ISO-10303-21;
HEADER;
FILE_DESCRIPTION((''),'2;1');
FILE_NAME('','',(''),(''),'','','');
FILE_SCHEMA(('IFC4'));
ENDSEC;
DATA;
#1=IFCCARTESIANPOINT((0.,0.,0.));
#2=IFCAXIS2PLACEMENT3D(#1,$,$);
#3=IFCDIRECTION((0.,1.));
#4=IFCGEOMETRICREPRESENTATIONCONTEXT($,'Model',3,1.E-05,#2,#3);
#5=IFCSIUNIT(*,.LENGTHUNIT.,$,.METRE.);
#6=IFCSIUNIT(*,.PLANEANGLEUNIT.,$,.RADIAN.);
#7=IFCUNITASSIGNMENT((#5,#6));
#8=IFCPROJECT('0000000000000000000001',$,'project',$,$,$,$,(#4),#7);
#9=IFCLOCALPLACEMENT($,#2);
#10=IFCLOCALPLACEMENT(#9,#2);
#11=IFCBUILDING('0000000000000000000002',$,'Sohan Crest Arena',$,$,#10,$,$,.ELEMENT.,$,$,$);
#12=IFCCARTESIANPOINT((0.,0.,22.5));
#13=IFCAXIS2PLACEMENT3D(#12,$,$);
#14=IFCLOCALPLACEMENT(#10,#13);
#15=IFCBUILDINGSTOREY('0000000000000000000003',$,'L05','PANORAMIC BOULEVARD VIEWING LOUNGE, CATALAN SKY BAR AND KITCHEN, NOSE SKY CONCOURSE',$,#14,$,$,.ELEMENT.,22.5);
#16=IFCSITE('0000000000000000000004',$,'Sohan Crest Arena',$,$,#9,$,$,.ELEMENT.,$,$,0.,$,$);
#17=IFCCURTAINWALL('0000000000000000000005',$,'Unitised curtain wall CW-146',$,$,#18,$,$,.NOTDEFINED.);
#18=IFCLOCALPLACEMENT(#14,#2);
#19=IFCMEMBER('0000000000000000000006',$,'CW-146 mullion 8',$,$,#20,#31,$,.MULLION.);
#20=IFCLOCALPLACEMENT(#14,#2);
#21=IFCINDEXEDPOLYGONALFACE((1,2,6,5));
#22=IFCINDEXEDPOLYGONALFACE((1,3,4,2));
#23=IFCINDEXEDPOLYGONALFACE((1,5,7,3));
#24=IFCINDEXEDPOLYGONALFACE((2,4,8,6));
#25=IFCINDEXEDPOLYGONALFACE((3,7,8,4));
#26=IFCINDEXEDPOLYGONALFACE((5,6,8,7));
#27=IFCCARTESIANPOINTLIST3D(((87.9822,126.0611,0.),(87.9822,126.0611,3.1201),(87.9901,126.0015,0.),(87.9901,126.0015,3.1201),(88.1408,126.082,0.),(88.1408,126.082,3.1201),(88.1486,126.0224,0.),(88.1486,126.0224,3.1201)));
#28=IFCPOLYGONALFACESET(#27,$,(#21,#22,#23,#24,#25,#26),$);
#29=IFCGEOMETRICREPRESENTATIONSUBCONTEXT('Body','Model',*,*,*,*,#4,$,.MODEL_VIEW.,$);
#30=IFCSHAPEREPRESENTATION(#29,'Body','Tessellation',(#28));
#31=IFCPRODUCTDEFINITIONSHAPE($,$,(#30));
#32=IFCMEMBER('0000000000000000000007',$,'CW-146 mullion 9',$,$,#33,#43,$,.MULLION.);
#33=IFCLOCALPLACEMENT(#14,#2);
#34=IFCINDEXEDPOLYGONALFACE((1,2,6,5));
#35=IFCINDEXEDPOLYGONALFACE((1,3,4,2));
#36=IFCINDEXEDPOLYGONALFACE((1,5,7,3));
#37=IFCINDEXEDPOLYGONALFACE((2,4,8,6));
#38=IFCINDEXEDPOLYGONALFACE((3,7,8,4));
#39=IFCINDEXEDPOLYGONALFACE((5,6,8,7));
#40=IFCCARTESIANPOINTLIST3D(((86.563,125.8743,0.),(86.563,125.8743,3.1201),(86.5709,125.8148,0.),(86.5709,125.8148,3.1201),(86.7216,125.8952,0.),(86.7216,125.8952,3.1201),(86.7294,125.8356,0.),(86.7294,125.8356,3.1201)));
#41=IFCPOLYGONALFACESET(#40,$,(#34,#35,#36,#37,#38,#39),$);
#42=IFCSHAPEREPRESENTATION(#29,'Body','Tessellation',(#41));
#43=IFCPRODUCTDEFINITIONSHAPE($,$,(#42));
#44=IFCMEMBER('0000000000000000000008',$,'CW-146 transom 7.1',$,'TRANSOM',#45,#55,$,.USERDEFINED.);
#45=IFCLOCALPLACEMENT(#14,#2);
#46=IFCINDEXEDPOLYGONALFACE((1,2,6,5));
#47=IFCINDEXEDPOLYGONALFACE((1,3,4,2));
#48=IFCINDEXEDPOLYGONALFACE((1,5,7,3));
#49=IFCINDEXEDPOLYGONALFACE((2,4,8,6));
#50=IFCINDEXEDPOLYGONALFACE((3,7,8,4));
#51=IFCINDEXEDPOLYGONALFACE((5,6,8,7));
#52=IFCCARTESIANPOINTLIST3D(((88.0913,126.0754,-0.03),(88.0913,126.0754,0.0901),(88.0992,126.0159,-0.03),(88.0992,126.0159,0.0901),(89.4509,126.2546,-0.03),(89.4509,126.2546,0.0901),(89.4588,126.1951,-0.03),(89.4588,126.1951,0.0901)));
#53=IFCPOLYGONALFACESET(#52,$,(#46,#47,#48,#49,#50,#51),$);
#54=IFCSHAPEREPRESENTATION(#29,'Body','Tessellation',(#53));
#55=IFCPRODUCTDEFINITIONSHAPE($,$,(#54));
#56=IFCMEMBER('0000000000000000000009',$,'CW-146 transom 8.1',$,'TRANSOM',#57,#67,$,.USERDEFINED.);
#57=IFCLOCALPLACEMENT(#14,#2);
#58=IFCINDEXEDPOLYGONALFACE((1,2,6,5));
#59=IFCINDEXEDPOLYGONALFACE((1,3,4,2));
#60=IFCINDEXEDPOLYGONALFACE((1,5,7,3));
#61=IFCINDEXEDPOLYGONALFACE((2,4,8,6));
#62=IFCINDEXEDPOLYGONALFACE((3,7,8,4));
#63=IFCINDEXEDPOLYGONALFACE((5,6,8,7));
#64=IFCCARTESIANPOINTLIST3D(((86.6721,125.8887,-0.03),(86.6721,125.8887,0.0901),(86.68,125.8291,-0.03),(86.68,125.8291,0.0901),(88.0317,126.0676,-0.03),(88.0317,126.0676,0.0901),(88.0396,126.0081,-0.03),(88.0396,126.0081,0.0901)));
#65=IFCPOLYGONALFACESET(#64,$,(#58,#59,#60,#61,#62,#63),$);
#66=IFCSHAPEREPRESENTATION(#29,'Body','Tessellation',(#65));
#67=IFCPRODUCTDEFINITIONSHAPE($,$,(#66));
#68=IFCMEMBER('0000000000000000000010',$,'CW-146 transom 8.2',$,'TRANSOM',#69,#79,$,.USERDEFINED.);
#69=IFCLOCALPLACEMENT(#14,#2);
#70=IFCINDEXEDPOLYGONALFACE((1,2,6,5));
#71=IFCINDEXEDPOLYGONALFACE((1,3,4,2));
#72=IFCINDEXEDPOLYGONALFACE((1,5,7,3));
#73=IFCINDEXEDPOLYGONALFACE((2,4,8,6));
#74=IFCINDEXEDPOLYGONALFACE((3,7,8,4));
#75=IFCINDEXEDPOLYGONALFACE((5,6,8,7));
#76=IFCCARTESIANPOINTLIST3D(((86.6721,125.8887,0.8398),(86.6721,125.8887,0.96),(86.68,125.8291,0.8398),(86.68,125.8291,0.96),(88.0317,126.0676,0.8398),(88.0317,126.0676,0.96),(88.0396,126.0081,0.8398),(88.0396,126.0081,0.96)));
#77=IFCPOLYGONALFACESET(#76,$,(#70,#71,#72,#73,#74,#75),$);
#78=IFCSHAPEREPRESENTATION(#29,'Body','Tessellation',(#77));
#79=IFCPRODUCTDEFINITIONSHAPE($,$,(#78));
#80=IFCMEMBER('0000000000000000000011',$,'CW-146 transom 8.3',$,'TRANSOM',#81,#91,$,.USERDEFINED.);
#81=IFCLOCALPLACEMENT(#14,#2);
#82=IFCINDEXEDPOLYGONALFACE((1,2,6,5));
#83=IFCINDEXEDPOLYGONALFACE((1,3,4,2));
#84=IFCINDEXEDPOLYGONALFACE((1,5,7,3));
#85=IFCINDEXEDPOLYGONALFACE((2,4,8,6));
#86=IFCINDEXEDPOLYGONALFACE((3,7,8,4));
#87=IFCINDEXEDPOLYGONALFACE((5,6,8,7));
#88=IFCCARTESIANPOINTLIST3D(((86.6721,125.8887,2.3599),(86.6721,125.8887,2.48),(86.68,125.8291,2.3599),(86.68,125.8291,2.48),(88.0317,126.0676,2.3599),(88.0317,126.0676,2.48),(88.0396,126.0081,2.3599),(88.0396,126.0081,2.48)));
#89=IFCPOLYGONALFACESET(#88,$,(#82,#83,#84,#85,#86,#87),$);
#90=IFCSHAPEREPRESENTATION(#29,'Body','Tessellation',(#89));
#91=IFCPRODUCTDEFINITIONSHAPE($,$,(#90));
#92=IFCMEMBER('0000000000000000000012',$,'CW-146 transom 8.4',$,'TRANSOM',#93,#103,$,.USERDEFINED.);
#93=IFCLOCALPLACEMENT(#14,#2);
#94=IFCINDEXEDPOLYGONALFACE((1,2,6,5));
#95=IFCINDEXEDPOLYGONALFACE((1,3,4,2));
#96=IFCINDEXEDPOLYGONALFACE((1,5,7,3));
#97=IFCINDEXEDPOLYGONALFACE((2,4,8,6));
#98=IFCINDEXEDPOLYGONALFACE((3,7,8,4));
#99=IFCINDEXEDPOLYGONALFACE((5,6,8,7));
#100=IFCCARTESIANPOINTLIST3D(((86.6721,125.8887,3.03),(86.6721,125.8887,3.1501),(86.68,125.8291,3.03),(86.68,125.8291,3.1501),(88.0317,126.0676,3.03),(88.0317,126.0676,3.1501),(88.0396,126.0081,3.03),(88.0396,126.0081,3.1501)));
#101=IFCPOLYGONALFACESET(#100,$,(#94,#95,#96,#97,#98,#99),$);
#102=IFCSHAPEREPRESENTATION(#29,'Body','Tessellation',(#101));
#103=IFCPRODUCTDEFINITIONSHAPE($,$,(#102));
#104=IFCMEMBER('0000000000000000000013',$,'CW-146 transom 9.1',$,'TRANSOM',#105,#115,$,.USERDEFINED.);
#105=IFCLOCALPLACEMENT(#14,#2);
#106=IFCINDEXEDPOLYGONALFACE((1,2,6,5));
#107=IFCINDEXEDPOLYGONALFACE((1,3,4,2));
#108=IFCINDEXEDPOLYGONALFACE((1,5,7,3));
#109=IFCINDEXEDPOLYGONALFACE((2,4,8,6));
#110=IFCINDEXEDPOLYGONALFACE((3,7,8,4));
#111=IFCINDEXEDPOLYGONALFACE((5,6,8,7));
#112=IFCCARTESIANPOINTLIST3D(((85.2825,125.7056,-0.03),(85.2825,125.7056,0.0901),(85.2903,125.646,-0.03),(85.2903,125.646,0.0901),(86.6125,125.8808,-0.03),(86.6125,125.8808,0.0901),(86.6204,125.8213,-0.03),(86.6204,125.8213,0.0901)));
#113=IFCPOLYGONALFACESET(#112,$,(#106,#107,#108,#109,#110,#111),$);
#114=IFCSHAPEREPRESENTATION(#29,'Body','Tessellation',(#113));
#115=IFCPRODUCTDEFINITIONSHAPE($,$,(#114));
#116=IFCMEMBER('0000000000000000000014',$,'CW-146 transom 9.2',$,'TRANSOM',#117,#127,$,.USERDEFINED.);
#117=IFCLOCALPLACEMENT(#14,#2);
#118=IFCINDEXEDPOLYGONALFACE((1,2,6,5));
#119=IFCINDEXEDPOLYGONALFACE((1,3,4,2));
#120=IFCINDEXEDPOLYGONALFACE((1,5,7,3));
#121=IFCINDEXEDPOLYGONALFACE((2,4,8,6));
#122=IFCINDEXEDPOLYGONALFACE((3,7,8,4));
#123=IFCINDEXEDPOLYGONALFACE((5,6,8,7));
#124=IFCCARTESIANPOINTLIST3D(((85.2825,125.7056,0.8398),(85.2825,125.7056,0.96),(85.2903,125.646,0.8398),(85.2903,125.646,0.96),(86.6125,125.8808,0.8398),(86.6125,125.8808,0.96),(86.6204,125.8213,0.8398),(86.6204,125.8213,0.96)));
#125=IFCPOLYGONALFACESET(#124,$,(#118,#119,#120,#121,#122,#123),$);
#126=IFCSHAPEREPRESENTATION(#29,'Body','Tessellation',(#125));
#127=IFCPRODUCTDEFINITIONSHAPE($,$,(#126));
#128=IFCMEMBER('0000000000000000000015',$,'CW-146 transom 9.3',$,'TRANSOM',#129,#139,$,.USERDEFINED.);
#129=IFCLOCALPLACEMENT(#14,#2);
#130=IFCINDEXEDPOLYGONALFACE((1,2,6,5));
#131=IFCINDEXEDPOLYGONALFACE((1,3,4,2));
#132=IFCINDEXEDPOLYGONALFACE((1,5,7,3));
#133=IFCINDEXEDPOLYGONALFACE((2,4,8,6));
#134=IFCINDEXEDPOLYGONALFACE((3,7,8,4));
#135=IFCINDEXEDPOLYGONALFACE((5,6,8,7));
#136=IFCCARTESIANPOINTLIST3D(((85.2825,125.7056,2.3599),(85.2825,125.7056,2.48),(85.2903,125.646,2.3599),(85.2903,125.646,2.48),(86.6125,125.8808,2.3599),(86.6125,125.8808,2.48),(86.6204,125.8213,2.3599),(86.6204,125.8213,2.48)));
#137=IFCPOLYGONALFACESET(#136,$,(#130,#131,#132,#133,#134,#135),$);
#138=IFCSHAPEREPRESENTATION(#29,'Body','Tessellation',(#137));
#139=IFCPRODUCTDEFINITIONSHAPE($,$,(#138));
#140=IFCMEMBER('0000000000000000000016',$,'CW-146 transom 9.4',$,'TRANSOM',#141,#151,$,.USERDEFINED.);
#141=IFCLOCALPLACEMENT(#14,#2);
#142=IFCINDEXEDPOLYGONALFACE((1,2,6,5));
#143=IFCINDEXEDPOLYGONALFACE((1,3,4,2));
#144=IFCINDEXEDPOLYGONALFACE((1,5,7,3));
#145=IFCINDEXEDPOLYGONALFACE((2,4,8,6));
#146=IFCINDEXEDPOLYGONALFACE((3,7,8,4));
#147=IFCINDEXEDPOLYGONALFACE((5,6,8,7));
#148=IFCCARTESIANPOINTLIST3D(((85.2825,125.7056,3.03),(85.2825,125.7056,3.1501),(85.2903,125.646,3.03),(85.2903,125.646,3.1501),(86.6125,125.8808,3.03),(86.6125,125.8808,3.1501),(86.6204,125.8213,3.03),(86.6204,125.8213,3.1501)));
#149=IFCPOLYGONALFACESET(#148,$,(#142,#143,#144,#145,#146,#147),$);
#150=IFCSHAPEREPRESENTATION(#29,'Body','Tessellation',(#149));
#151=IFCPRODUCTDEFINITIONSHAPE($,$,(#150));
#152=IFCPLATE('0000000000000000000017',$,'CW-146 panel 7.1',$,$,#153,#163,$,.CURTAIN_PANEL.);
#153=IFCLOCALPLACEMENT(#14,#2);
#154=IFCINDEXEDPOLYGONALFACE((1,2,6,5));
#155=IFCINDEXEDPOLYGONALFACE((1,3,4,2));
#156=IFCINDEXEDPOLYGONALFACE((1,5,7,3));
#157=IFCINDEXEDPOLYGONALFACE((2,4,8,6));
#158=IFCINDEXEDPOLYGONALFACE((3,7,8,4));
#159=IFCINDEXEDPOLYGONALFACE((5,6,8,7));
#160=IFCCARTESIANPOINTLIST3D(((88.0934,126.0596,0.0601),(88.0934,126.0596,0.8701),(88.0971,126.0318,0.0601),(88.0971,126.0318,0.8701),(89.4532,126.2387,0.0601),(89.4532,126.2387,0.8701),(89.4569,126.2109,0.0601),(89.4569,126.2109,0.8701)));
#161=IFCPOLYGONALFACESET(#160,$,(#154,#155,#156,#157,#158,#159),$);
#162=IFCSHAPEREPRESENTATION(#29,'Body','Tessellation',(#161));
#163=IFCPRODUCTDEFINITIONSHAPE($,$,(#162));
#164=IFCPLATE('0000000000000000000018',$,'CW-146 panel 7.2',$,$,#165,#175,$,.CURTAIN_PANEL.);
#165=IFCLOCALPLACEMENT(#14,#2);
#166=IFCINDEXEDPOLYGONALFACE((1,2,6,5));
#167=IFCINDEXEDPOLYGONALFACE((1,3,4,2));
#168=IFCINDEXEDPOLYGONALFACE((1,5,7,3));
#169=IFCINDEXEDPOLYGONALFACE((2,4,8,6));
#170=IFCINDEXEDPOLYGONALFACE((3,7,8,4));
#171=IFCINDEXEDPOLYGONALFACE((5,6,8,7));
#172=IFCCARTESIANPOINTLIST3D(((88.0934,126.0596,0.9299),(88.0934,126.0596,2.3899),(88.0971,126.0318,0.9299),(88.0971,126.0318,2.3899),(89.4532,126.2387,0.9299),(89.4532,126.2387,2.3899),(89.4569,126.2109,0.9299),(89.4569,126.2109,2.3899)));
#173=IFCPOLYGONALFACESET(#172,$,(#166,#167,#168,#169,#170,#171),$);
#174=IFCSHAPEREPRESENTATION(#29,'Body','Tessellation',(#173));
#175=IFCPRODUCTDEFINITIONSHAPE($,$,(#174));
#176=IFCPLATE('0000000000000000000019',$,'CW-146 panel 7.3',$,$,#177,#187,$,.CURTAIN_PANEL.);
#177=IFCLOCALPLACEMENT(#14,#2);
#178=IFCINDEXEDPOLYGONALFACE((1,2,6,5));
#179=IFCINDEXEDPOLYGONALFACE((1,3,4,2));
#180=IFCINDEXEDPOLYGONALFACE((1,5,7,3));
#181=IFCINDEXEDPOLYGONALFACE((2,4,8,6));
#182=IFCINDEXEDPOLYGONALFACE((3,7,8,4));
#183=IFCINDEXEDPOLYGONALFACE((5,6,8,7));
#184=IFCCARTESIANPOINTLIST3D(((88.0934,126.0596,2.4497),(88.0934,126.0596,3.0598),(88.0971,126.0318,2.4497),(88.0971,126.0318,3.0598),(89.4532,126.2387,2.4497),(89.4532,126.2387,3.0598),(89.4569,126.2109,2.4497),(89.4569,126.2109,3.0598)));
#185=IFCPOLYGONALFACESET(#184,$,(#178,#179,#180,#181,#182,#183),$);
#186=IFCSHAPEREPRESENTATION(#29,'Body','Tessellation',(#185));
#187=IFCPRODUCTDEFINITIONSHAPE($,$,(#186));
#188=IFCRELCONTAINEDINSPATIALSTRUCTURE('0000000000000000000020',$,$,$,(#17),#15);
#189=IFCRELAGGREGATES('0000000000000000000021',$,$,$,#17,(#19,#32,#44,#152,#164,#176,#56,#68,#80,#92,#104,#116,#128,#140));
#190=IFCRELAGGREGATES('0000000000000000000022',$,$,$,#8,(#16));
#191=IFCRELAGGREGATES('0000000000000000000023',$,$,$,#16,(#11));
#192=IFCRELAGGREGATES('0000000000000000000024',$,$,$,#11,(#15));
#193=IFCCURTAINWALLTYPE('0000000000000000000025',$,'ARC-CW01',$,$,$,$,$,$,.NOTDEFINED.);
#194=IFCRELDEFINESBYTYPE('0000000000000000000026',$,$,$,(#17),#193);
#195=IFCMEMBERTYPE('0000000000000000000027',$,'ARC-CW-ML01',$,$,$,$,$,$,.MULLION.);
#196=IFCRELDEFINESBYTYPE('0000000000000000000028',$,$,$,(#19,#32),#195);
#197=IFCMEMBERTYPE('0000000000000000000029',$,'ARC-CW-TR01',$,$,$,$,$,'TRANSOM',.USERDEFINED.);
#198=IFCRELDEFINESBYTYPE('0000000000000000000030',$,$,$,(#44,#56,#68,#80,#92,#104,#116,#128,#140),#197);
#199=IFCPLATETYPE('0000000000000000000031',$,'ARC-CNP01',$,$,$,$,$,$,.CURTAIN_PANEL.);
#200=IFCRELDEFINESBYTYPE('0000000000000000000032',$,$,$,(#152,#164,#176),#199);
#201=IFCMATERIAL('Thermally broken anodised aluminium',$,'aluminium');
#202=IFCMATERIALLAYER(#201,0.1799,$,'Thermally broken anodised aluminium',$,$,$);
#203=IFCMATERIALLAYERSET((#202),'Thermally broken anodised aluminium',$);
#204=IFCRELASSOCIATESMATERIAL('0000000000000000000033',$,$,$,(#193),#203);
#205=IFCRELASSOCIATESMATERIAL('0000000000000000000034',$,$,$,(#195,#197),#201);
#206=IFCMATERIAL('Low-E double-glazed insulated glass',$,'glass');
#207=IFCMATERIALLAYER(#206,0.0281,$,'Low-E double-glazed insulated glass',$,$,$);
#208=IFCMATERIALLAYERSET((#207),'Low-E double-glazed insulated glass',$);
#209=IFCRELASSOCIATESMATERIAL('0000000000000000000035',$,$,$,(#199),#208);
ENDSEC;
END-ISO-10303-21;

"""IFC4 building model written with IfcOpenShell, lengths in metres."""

from ifc_helpers import new_model, si_unit, direction, frame, origin, origin_2d, place, context, subcontext, project, spatial, rectangle, extrude, material, layer, layer_set, material_profile, profile_set, type_object, element, aggregate, save


model = new_model("IFC4")

# Units and contexts
model_context = context("Model", 3, precision=1e-05, world=origin(), true_north=direction((0.0, 1.0)))
body_context = subcontext(model_context, "Body", "Model", "MODEL_VIEW")
ifc_project = project(units=[si_unit("LENGTHUNIT", "METRE"), si_unit("PLANEANGLEUNIT", "RADIAN")], contexts=[model_context])

# Site, building, storey
site_placement = place(None, origin())
site = spatial("IfcSite", under=ifc_project, at=site_placement, Name="Sohan Crest Arena", CompositionType="ELEMENT", RefElevation=0.0)
building_placement = place(site_placement, origin())
building = spatial("IfcBuilding", under=site, at=building_placement, Name="Sohan Crest Arena", CompositionType="ELEMENT")
storey_placement = place(building_placement, frame((0.0, 0.0, 22.5)))
storey = spatial("IfcBuildingStorey", under=building, at=storey_placement, Name="L05", Description="PANORAMIC BOULEVARD VIEWING LOUNGE, CATALAN SKY BAR AND KITCHEN, NOSE SKY CONCOURSE", CompositionType="ELEMENT", Elevation=22.5)

# Curtain wall, members, plates
ifc_material_1 = material(Name="Thermally broken anodised aluminium", Category="aluminium")
ifc_layer_1 = layer(ifc_material_1, 0.1799, Name="Thermally broken anodised aluminium")
ifc_layer_set_1 = layer_set([ifc_layer_1], Name="Thermally broken anodised aluminium")
curtain_wall_type = type_object("IfcCurtainWallType", Name="ARC-CW01", PredefinedType="NOTDEFINED", material=ifc_layer_set_1)
curtain_wall_placement = place(storey_placement, origin())
curtain_wall = element("IfcCurtainWall", 1, at=curtain_wall_placement, inside=storey, type_object=curtain_wall_type, Name="Unitised curtain wall CW-146", PredefinedType="NOTDEFINED")
ifc_material_profile_1 = material_profile(ifc_material_1, rectangle(XDim=0.0601, YDim=0.1599, at=origin_2d()), Name="ALU-MULL 60x160")
ifc_profile_set_1 = profile_set([ifc_material_profile_1], Name="Thermally broken anodised aluminium")
member_type_1 = type_object("IfcMemberType", Name="ARC-CW-ML01", PredefinedType="MULLION", material=ifc_profile_set_1)
member_1_placement = place(storey_placement, frame((88.0654, 126.0417, 0.0), z_axis=(0.0, 0.0, 1.0), x_axis=(0.130557, -0.991441, 0.0)))
member_1 = element("IfcMember", 2, at=member_1_placement, type_object=member_type_1, Name="CW-146 mullion 8", PredefinedType="MULLION", context=body_context, shape_type="SweptSolid", body=[
    extrude(rectangle(XDim=0.0601, YDim=0.1599, at=origin_2d()), origin(), (0.0, 0.0, 1.0), 3.1201),
])
member_2_placement = place(storey_placement, frame((86.6462, 125.855, 0.0), z_axis=(0.0, 0.0, 1.0), x_axis=(0.130557, -0.991441, 0.0)))
member_2 = element("IfcMember", 3, at=member_2_placement, type_object=member_type_1, Name="CW-146 mullion 9", PredefinedType="MULLION", context=body_context, shape_type="SweptSolid", body=[
    extrude(rectangle(XDim=0.0601, YDim=0.1599, at=origin_2d()), origin(), (0.0, 0.0, 1.0), 3.1201),
])
ifc_material_profile_2 = material_profile(ifc_material_1, rectangle(XDim=0.0601, YDim=0.1201, at=origin_2d()), Name="ALU-TRAN 60x120")
ifc_profile_set_2 = profile_set([ifc_material_profile_2], Name="Thermally broken anodised aluminium")
member_type_2 = type_object("IfcMemberType", Name="ARC-CW-TR01", ElementType="TRANSOM", PredefinedType="USERDEFINED", material=ifc_profile_set_2)
member_3_placement = place(storey_placement, frame((89.4548, 126.2249, 0.03), z_axis=(-0.991426, -0.130671, 0.0), x_axis=(0.130671, -0.991426, 0.0)))
member_3 = element("IfcMember", 4, at=member_3_placement, type_object=member_type_2, Name="CW-146 transom 7.1", ObjectType="TRANSOM", PredefinedType="USERDEFINED", context=body_context, shape_type="SweptSolid", body=[
    extrude(rectangle(XDim=0.0601, YDim=0.1201, at=origin_2d()), origin(), (0.0, 0.0, 1.0), 1.3713),
])
member_4_placement = place(storey_placement, frame((88.0356, 126.0378, 0.03), z_axis=(-0.991449, -0.130496, 0.0), x_axis=(0.130496, -0.991449, 0.0)))
member_4 = element("IfcMember", 5, at=member_4_placement, type_object=member_type_2, Name="CW-146 transom 8.1", ObjectType="TRANSOM", PredefinedType="USERDEFINED", context=body_context, shape_type="SweptSolid", body=[
    extrude(rectangle(XDim=0.0601, YDim=0.1201, at=origin_2d()), origin(), (0.0, 0.0, 1.0), 1.3713),
])
member_5_placement = place(storey_placement, frame((88.0356, 126.0378, 0.8999), z_axis=(-0.991449, -0.130496, 0.0), x_axis=(0.130496, -0.991449, 0.0)))
member_5 = element("IfcMember", 6, at=member_5_placement, type_object=member_type_2, Name="CW-146 transom 8.2", ObjectType="TRANSOM", PredefinedType="USERDEFINED", context=body_context, shape_type="SweptSolid", body=[
    extrude(rectangle(XDim=0.0601, YDim=0.1201, at=origin_2d()), origin(), (0.0, 0.0, 1.0), 1.3713),
])
member_6_placement = place(storey_placement, frame((88.0356, 126.0378, 2.4199), z_axis=(-0.991449, -0.130496, 0.0), x_axis=(0.130496, -0.991449, 0.0)))
member_6 = element("IfcMember", 7, at=member_6_placement, type_object=member_type_2, Name="CW-146 transom 8.3", ObjectType="TRANSOM", PredefinedType="USERDEFINED", context=body_context, shape_type="SweptSolid", body=[
    extrude(rectangle(XDim=0.0601, YDim=0.1201, at=origin_2d()), origin(), (0.0, 0.0, 1.0), 1.3713),
])
member_7_placement = place(storey_placement, frame((88.0356, 126.0378, 3.0901), z_axis=(-0.991449, -0.130496, 0.0), x_axis=(0.130496, -0.991449, 0.0)))
member_7 = element("IfcMember", 8, at=member_7_placement, type_object=member_type_2, Name="CW-146 transom 8.4", ObjectType="TRANSOM", PredefinedType="USERDEFINED", context=body_context, shape_type="SweptSolid", body=[
    extrude(rectangle(XDim=0.0601, YDim=0.1201, at=origin_2d()), origin(), (0.0, 0.0, 1.0), 1.3713),
])
member_8_placement = place(storey_placement, frame((86.6165, 125.8511, 0.03), z_axis=(-0.991427, -0.130662, 0.0), x_axis=(0.130662, -0.991427, 0.0)))
member_8 = element("IfcMember", 9, at=member_8_placement, type_object=member_type_2, Name="CW-146 transom 9.1", ObjectType="TRANSOM", PredefinedType="USERDEFINED", context=body_context, shape_type="SweptSolid", body=[
    extrude(rectangle(XDim=0.0601, YDim=0.1201, at=origin_2d()), origin(), (0.0, 0.0, 1.0), 1.3416),
])
member_9_placement = place(storey_placement, frame((86.6165, 125.8511, 0.8999), z_axis=(-0.991427, -0.130662, 0.0), x_axis=(0.130662, -0.991427, 0.0)))
member_9 = element("IfcMember", 10, at=member_9_placement, type_object=member_type_2, Name="CW-146 transom 9.2", ObjectType="TRANSOM", PredefinedType="USERDEFINED", context=body_context, shape_type="SweptSolid", body=[
    extrude(rectangle(XDim=0.0601, YDim=0.1201, at=origin_2d()), origin(), (0.0, 0.0, 1.0), 1.3416),
])
member_10_placement = place(storey_placement, frame((86.6165, 125.8511, 2.4199), z_axis=(-0.991427, -0.130662, 0.0), x_axis=(0.130662, -0.991427, 0.0)))
member_10 = element("IfcMember", 11, at=member_10_placement, type_object=member_type_2, Name="CW-146 transom 9.3", ObjectType="TRANSOM", PredefinedType="USERDEFINED", context=body_context, shape_type="SweptSolid", body=[
    extrude(rectangle(XDim=0.0601, YDim=0.1201, at=origin_2d()), origin(), (0.0, 0.0, 1.0), 1.3416),
])
member_11_placement = place(storey_placement, frame((86.6165, 125.8511, 3.0901), z_axis=(-0.991427, -0.130662, 0.0), x_axis=(0.130662, -0.991427, 0.0)))
member_11 = element("IfcMember", 12, at=member_11_placement, type_object=member_type_2, Name="CW-146 transom 9.4", ObjectType="TRANSOM", PredefinedType="USERDEFINED", context=body_context, shape_type="SweptSolid", body=[
    extrude(rectangle(XDim=0.0601, YDim=0.1201, at=origin_2d()), origin(), (0.0, 0.0, 1.0), 1.3416),
])
ifc_material_2 = material(Name="Low-E double-glazed insulated glass", Category="glass")
ifc_layer_2 = layer(ifc_material_2, 0.0281, Name="Low-E double-glazed insulated glass")
ifc_layer_set_2 = layer_set([ifc_layer_2], Name="Low-E double-glazed insulated glass")
plate_type = type_object("IfcPlateType", Name="ARC-CNP01", PredefinedType="CURTAIN_PANEL", material=ifc_layer_set_2)
plate_1_placement = place(storey_placement, frame((88.7751, 126.1353, 0.0601), z_axis=(0.0, 0.0, 1.0), x_axis=(-0.991441, -0.130557, 0.0)))
plate_1 = element("IfcPlate", 13, at=plate_1_placement, type_object=plate_type, Name="CW-146 panel 7.1", PredefinedType="CURTAIN_PANEL", context=body_context, shape_type="SweptSolid", body=[
    extrude(rectangle(XDim=1.3716, YDim=0.0281, at=origin_2d()), origin(), (0.0, 0.0, 1.0), 0.8101),
])
plate_2_placement = place(storey_placement, frame((88.7751, 126.1353, 0.9299), z_axis=(0.0, 0.0, 1.0), x_axis=(-0.991441, -0.130557, 0.0)))
plate_2 = element("IfcPlate", 14, at=plate_2_placement, type_object=plate_type, Name="CW-146 panel 7.2", PredefinedType="CURTAIN_PANEL", context=body_context, shape_type="SweptSolid", body=[
    extrude(rectangle(XDim=1.3716, YDim=0.0281, at=origin_2d()), origin(), (0.0, 0.0, 1.0), 1.46),
])
plate_3_placement = place(storey_placement, frame((88.7751, 126.1353, 2.4497), z_axis=(0.0, 0.0, 1.0), x_axis=(-0.991441, -0.130557, 0.0)))
plate_3 = element("IfcPlate", 15, at=plate_3_placement, type_object=plate_type, Name="CW-146 panel 7.3", PredefinedType="CURTAIN_PANEL", context=body_context, shape_type="SweptSolid", body=[
    extrude(rectangle(XDim=1.3716, YDim=0.0281, at=origin_2d()), origin(), (0.0, 0.0, 1.0), 0.6101),
])
aggregate(curtain_wall, [member_1, member_2, member_3, plate_1, plate_2, plate_3, member_4, member_5, member_6, member_7, member_8, member_9, member_10, member_11])

save(model, "model.ifc")
